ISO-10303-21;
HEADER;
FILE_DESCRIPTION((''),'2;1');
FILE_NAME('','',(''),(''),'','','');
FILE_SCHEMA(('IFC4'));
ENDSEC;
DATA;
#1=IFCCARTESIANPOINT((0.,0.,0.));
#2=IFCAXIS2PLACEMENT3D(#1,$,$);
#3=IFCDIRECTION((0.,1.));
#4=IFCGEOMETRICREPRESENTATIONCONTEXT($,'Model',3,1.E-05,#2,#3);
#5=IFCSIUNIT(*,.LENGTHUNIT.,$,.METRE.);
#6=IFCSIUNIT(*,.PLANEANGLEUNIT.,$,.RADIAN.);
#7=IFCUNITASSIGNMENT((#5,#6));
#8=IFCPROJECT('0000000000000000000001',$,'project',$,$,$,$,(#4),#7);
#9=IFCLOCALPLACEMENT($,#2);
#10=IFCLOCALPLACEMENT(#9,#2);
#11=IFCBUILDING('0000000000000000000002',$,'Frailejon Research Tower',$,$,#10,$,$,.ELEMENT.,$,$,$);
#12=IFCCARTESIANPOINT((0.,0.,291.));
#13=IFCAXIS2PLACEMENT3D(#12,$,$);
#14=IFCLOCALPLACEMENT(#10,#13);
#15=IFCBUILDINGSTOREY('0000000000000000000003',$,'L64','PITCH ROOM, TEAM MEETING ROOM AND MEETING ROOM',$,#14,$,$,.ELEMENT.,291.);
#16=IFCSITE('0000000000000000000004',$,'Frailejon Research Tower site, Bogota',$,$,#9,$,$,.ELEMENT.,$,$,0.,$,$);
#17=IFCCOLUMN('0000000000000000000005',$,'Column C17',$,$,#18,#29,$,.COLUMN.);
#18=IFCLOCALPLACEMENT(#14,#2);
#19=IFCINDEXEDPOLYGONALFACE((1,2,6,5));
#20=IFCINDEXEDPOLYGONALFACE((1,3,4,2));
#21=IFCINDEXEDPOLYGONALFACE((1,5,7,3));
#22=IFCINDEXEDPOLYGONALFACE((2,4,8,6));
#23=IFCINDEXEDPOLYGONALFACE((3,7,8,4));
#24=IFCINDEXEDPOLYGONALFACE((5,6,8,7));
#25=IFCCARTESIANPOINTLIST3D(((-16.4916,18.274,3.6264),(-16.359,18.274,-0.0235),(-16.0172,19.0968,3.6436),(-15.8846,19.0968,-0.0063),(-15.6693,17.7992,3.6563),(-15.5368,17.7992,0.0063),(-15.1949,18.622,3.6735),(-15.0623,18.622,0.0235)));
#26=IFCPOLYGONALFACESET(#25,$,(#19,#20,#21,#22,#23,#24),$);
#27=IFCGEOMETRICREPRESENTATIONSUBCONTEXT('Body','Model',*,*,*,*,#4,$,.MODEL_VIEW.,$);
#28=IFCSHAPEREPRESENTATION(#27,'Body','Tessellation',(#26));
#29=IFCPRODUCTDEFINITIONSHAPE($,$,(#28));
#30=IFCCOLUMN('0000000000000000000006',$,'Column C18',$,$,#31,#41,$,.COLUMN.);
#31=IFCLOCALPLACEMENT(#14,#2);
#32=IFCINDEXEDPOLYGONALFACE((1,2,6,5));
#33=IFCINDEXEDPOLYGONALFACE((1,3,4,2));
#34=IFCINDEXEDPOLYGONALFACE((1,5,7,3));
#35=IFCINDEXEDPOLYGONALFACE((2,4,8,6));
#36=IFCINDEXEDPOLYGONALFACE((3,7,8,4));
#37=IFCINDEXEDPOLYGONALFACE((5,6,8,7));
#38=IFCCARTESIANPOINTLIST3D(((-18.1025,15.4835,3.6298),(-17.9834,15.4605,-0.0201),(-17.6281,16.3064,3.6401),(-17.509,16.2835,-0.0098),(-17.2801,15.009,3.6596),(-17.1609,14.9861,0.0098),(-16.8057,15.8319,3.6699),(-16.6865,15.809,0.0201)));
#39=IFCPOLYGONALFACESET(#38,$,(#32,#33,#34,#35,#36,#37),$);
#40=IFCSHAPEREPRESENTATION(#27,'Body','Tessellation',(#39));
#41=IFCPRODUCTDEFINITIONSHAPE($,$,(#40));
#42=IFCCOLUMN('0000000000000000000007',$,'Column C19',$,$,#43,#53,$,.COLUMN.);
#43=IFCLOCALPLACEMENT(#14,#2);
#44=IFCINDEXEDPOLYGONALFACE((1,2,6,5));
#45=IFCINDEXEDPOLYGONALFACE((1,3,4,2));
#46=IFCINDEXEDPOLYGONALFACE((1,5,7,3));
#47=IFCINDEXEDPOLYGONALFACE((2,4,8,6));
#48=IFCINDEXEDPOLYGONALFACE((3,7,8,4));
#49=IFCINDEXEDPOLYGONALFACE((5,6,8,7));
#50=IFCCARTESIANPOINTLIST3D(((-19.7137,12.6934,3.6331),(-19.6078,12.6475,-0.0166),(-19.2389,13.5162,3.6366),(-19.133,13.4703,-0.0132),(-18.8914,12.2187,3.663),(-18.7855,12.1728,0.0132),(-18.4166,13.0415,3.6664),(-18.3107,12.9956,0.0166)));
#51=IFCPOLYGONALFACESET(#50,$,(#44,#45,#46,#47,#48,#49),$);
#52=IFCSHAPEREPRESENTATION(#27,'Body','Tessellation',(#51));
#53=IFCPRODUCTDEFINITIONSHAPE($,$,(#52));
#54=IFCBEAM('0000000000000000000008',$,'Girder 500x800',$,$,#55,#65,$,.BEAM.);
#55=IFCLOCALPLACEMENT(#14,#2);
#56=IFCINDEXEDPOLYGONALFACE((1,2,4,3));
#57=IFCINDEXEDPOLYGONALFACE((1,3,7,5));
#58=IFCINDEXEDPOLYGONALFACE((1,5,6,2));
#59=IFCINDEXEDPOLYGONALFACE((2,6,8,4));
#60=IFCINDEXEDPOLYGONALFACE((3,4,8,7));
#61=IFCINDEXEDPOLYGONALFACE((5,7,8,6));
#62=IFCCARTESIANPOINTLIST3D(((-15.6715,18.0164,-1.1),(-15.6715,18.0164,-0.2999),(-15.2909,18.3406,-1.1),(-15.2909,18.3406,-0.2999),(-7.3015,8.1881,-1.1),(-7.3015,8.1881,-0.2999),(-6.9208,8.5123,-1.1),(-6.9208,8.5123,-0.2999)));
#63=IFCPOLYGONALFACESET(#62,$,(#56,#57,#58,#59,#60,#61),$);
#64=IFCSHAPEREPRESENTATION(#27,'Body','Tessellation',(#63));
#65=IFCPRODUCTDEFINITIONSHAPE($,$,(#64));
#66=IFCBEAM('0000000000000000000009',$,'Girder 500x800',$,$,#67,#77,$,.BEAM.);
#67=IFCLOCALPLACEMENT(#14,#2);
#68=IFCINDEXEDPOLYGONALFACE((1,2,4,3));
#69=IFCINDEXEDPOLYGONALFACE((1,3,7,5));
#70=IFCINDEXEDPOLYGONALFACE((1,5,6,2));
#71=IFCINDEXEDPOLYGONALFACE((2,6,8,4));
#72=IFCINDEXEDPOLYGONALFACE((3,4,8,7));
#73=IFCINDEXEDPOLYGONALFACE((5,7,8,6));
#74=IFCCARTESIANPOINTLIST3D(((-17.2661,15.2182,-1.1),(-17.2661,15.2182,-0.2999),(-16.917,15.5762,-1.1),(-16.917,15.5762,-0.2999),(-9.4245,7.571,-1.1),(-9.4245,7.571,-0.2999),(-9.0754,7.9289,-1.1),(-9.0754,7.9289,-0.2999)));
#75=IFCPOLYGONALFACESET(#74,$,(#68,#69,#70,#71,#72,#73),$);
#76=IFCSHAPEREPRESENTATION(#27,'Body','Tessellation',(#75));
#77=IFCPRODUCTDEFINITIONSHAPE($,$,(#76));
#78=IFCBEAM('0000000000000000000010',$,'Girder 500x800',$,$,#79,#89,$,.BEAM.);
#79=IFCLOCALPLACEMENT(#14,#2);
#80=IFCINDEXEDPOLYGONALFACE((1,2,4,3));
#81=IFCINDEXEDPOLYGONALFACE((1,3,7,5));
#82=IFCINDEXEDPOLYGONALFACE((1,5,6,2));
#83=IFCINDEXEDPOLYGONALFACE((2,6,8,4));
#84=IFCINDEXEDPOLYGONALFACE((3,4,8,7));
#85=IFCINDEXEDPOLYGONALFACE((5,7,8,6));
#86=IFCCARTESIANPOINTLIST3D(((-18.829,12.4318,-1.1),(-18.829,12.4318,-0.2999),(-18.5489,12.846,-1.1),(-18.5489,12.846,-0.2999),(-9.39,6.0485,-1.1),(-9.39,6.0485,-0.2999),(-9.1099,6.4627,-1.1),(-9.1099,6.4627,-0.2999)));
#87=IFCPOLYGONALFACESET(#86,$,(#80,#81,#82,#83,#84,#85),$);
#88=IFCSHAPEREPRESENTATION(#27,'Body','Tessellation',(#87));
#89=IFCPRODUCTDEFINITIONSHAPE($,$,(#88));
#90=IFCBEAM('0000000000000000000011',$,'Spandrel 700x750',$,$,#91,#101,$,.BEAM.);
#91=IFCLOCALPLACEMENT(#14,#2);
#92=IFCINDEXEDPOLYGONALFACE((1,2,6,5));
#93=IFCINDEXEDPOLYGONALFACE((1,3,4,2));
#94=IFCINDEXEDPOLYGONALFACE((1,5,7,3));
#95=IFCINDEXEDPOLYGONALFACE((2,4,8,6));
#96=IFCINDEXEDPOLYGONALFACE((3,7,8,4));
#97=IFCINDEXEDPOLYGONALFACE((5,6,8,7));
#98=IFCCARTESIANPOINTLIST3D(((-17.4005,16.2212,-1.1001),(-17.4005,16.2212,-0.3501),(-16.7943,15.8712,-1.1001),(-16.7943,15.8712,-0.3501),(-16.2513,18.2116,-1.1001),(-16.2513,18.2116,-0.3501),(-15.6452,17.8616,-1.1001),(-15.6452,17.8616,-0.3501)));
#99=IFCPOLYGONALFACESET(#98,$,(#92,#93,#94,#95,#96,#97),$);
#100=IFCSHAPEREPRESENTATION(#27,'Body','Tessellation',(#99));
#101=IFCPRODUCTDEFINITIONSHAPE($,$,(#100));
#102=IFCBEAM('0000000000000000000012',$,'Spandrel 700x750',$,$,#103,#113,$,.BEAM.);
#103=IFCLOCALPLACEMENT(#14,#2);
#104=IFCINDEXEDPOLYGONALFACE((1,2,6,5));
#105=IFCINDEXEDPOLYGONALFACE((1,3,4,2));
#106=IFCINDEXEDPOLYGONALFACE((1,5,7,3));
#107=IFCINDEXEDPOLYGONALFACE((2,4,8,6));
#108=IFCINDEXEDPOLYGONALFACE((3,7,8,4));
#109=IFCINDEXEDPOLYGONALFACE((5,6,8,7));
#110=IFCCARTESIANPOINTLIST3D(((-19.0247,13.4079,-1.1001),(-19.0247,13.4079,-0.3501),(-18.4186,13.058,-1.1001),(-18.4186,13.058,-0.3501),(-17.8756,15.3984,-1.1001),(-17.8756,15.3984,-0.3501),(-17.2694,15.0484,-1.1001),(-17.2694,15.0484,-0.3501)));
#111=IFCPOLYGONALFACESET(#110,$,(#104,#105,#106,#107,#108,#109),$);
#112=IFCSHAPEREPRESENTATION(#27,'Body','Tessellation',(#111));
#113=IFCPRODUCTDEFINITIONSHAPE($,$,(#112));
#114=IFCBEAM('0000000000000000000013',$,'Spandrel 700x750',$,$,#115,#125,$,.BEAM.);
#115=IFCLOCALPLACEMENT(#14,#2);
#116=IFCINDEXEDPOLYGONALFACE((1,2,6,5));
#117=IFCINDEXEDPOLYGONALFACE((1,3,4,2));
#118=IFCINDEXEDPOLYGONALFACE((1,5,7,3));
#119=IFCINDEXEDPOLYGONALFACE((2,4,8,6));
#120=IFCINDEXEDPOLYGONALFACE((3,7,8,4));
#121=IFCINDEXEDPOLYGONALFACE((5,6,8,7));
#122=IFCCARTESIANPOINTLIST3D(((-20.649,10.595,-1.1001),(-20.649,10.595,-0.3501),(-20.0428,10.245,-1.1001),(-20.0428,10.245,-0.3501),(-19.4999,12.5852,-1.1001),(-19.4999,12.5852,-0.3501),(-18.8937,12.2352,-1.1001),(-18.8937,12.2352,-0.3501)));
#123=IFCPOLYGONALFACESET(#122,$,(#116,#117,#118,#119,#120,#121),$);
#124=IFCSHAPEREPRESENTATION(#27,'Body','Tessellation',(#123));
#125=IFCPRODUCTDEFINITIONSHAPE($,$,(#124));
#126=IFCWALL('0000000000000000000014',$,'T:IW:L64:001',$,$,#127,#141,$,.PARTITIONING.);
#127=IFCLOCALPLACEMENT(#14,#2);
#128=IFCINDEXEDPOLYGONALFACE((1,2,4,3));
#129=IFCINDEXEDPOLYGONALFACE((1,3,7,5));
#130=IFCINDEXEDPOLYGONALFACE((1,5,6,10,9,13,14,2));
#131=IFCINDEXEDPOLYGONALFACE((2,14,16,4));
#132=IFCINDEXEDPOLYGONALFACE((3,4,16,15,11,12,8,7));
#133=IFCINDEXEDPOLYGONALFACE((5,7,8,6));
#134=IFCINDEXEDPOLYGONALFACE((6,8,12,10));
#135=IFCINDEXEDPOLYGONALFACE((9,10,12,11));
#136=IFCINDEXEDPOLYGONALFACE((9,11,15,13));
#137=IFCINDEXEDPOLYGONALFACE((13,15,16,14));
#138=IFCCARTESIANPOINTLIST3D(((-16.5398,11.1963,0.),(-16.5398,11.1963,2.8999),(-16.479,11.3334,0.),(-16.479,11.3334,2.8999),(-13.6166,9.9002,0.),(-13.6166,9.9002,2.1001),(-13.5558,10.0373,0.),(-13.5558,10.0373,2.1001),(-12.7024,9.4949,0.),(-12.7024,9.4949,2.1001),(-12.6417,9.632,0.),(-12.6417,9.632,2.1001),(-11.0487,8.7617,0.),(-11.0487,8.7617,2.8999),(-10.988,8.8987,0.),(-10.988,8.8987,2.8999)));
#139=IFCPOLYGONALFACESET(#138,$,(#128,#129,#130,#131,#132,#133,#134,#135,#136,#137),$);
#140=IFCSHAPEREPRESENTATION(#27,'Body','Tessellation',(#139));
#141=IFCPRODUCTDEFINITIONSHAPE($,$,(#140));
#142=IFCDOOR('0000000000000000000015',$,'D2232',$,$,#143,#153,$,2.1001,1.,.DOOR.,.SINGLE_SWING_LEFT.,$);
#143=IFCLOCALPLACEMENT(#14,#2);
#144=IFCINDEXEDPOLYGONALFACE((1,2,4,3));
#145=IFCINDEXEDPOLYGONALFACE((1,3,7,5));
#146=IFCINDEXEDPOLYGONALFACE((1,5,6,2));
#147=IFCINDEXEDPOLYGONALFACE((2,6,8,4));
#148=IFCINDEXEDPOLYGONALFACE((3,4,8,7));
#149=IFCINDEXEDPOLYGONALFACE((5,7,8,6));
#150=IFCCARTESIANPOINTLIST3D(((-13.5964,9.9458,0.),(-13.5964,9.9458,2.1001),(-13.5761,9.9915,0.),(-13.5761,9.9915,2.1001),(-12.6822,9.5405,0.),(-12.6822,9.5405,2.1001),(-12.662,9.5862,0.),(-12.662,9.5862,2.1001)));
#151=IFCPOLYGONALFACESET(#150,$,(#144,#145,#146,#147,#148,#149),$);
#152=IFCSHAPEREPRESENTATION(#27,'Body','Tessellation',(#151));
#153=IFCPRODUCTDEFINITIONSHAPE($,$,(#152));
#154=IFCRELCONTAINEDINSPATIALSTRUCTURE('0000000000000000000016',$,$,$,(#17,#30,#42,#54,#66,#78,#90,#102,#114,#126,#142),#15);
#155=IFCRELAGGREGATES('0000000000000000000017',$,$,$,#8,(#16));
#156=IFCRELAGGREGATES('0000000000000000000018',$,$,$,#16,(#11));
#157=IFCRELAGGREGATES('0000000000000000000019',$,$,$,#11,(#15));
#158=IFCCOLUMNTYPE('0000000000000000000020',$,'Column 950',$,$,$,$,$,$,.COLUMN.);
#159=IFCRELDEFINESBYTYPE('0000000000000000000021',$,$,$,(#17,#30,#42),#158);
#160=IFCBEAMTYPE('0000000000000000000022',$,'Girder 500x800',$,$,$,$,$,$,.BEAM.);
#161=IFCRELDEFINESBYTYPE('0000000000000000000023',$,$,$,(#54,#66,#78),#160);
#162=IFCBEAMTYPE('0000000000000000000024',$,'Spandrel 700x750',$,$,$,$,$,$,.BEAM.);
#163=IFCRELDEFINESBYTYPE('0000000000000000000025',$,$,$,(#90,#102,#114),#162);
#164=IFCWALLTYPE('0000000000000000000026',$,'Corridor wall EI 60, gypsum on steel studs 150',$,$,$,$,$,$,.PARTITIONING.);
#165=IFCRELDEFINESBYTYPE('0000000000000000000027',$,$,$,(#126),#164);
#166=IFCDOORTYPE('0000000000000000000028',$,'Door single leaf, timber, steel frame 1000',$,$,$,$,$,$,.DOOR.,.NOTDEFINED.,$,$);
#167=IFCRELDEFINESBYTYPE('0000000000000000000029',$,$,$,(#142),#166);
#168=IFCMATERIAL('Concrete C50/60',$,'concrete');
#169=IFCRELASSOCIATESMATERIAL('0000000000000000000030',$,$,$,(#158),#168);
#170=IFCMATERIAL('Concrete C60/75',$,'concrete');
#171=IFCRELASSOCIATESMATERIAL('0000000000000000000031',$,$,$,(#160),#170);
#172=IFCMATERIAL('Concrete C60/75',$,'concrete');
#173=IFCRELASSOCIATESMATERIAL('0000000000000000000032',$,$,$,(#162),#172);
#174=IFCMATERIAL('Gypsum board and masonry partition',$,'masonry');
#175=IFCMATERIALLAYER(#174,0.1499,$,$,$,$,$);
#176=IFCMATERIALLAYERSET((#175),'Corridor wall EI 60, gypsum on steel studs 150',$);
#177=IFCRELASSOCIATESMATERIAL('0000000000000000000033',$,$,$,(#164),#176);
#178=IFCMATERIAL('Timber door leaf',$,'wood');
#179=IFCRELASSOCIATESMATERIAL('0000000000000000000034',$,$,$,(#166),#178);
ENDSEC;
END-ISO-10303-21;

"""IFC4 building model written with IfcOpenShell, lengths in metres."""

from ifc_helpers import new_model, si_unit, direction, frame, frame_2d, origin, origin_2d, place, context, subcontext, project, spatial, rectangle, extrude, material, layer, layer_set, material_profile, profile_set, type_object, element, fill, save


model = new_model("IFC4")

# Units and contexts
model_context = context("Model", 3, precision=1e-05, world=origin(), true_north=direction((0.0, 1.0)))
body_context = subcontext(model_context, "Body", "Model", "MODEL_VIEW")
ifc_project = project(units=[si_unit("LENGTHUNIT", "METRE"), si_unit("PLANEANGLEUNIT", "RADIAN")], contexts=[model_context])

# Site, building, storey
site_placement = place(None, origin())
site = spatial("IfcSite", under=ifc_project, at=site_placement, Name="Frailejon Research Tower site, Bogota", CompositionType="ELEMENT", RefElevation=0.0)
building_placement = place(site_placement, origin())
building = spatial("IfcBuilding", under=site, at=building_placement, Name="Frailejon Research Tower", CompositionType="ELEMENT")
storey_placement = place(building_placement, frame((0.0, 0.0, 291.0)))
storey = spatial("IfcBuildingStorey", under=building, at=storey_placement, Name="L64", Description="PITCH ROOM, TEAM MEETING ROOM AND MEETING ROOM", CompositionType="ELEMENT", Elevation=291.0)

# Columns
ifc_material_1 = material(Name="Concrete C50/60", Category="concrete")
ifc_material_profile_1 = material_profile(ifc_material_1, rectangle(XDim=0.95, YDim=0.95, at=origin_2d()), Name="Column 950")
ifc_profile_set_1 = profile_set([ifc_material_profile_1], Name="Concrete C50/60")
column_type = type_object("IfcColumnType", Name="Column 950", PredefinedType="COLUMN", material=ifc_profile_set_1)
column_1_placement = place(storey_placement, frame((-15.7107, 18.448, 0.0), z_axis=(-0.036297, 0.0, 0.999341), x_axis=(-0.499424, -0.866168, -0.01814)))
element("IfcColumn", 1, at=column_1_placement, inside=storey, type_object=column_type, Name="Column C17", PredefinedType="COLUMN", context=body_context, shape_type="SweptSolid", body=[
    extrude(rectangle(XDim=0.95, YDim=0.95, at=origin_2d()), origin(), (0.0, 0.0, 1.0), 3.6523),
])
column_2_placement = place(storey_placement, frame((-17.335, 15.6348, 0.0), z_axis=(-0.032624, 0.006284, 0.999448), x_axis=(-0.499397, -0.866305, -0.010854)))
element("IfcColumn", 2, at=column_2_placement, inside=storey, type_object=column_type, Name="Column C18", PredefinedType="COLUMN", context=body_context, shape_type="SweptSolid", body=[
    extrude(rectangle(XDim=0.95, YDim=0.95, at=origin_2d()), origin(), (0.0, 0.0, 1.0), 3.6519),
])
column_3_placement = place(storey_placement, frame((-18.9592, 12.8215, 0.0), z_axis=(-0.029016, 0.012569, 0.9995), x_axis=(-0.499849, -0.866105, -0.003619)))
element("IfcColumn", 3, at=column_3_placement, inside=storey, type_object=column_type, Name="Column C19", PredefinedType="COLUMN", context=body_context, shape_type="SweptSolid", body=[
    extrude(rectangle(XDim=0.95, YDim=0.95, at=origin_2d()), origin(), (0.0, 0.0, 1.0), 3.6516),
])

# Beams
ifc_material_2 = material(Name="Concrete C60/75", Category="concrete")
ifc_material_profile_2 = material_profile(ifc_material_2, rectangle(XDim=0.5, YDim=0.8, at=origin_2d()), Name="Girder 500x800")
ifc_profile_set_2 = profile_set([ifc_material_profile_2], Name="Concrete C60/75")
beam_type_1 = type_object("IfcBeamType", Name="Girder 500x800", PredefinedType="BEAM", material=ifc_profile_set_2)
beam_1_placement = place(storey_placement, frame((-15.4812, 18.1785, -0.7), z_axis=(0.648368, -0.761327, 0.0), x_axis=(0.761327, 0.648368, 0.0)))
element("IfcBeam", 4, at=beam_1_placement, inside=storey, type_object=beam_type_1, Name="Girder 500x800", PredefinedType="BEAM", context=body_context, shape_type="SweptSolid", body=[
    extrude(rectangle(XDim=0.5, YDim=0.8, at=origin_2d()), origin(), (0.0, 0.0, 1.0), 12.9094),
])
beam_2_placement = place(storey_placement, frame((-17.0916, 15.3972, -0.7), z_axis=(0.715922, -0.69818, 0.0), x_axis=(0.69818, 0.715922, 0.0)))
element("IfcBeam", 5, at=beam_2_placement, inside=storey, type_object=beam_type_1, Name="Girder 500x800", PredefinedType="BEAM", context=body_context, shape_type="SweptSolid", body=[
    extrude(rectangle(XDim=0.5, YDim=0.8, at=origin_2d()), origin(), (0.0, 0.0, 1.0), 10.9531),
])
beam_3_placement = place(storey_placement, frame((-18.689, 12.6389, -0.7), z_axis=(0.82836, -0.560196, 0.0), x_axis=(0.560196, 0.82836, 0.0)))
element("IfcBeam", 6, at=beam_3_placement, inside=storey, type_object=beam_type_1, Name="Girder 500x800", PredefinedType="BEAM", context=body_context, shape_type="SweptSolid", body=[
    extrude(rectangle(XDim=0.5, YDim=0.8, at=origin_2d()), origin(), (0.0, 0.0, 1.0), 11.3948),
])
ifc_material_3 = material(Name="Concrete C60/75", Category="concrete")
ifc_material_profile_3 = material_profile(ifc_material_3, rectangle(XDim=0.7, YDim=0.75, at=origin_2d()), Name="Spandrel 700x750")
ifc_profile_set_3 = profile_set([ifc_material_profile_3], Name="Concrete C60/75")
beam_type_2 = type_object("IfcBeamType", Name="Spandrel 700x750", PredefinedType="BEAM", material=ifc_profile_set_3)
for number, where, z_axis, x_axis, name in (
    (7, (-15.9482, 18.0366, -0.7251), (-0.499989, -0.866032, 0.0), (0.866032, -0.499989, 0.0), "Spandrel 700x750"),
    (8, (-17.5725, 15.2234, -0.7251), (-0.499989, -0.866032, 0.0), (0.866032, -0.499989, 0.0), "Spandrel 700x750"),
):
    element("IfcBeam", number, at=place(storey_placement, frame(where, z_axis=z_axis, x_axis=x_axis)), inside=storey, type_object=beam_type_2, Name=name, PredefinedType="BEAM", context=body_context, shape_type="SweptSolid", body=[
        extrude(rectangle(XDim=0.7, YDim=0.75, at=origin_2d()), origin(), (0.0, 0.0, 1.0), 2.2983),
    ])
beam_4_placement = place(storey_placement, frame((-19.1968, 12.4102, -0.7251), z_axis=(-0.500035, -0.866005, 0.0), x_axis=(0.866005, -0.500035, 0.0)))
element("IfcBeam", 9, at=beam_4_placement, inside=storey, type_object=beam_type_2, Name="Spandrel 700x750", PredefinedType="BEAM", context=body_context, shape_type="SweptSolid", body=[
    extrude(rectangle(XDim=0.7, YDim=0.75, at=origin_2d()), origin(), (0.0, 0.0, 1.0), 2.2981),
])

# Wall, opening, door
ifc_material_4 = material(Name="Gypsum board and masonry partition", Category="masonry")
ifc_layer_1 = layer(ifc_material_4, 0.1499)
ifc_layer_set_1 = layer_set([ifc_layer_1], Name="Corridor wall EI 60, gypsum on steel studs 150")
wall_type_1 = type_object("IfcWallType", Name="Corridor wall EI 60, gypsum on steel studs 150", PredefinedType="PARTITIONING", material=ifc_layer_set_1)
wall_1_placement = place(storey_placement, frame((-16.5095, 11.2649, 0.0), z_axis=(0.0, 0.0, 1.0), x_axis=(0.914173, -0.405324, 0.0)))
wall_1 = element("IfcWall", 10, at=wall_1_placement, inside=storey, type_object=wall_type_1, Name="T:IW:L64:001", PredefinedType="PARTITIONING", context=body_context, shape_type="SweptSolid", body=[
    extrude(rectangle(XDim=6.0066, YDim=0.1499, at=frame_2d((3.0034, 0.0))), origin(), (0.0, 0.0, 1.0), 2.8999),
])
opening_1_placement = place(wall_1_placement, frame((3.1978, 0.0, 0.0)))
opening_1 = element("IfcOpeningElement", 11, at=opening_1_placement, cuts=wall_1, PredefinedType="OPENING", context=body_context, shape_type="SweptSolid", body=[
    extrude(rectangle(XDim=1.0, YDim=2.1001, at=frame_2d((0.5, 1.05))), frame((0.0, 0.085, 0.0), z_axis=(0.0, -1.0, 0.0), x_axis=(1.0, 0.0, 0.0)), (0.0, 0.0, 1.0), 0.1699),
])
ifc_material_5 = material(Name="Timber door leaf", Category="wood")
door_type_1 = type_object("IfcDoorType", Name="Door single leaf, timber, steel frame 1000", OperationType="NOTDEFINED", PredefinedType="DOOR", material=ifc_material_5)
door_1_placement = place(opening_1_placement, origin())
door_1 = element("IfcDoor", 12, at=door_1_placement, inside=storey, type_object=door_type_1, Name="D2232", OperationType="SINGLE_SWING_LEFT", OverallHeight=2.1001, OverallWidth=1.0, PredefinedType="DOOR", context=body_context, shape_type="SweptSolid", body=[
    extrude(rectangle(XDim=1.0, YDim=2.1001, at=frame_2d((0.5, 1.05))), frame((0.0, 0.0249, 0.0), z_axis=(0.0, -1.0, 0.0), x_axis=(1.0, 0.0, 0.0)), (0.0, 0.0, 1.0), 0.05),
])
fill(opening_1, door_1)

save(model, "model.ifc")
